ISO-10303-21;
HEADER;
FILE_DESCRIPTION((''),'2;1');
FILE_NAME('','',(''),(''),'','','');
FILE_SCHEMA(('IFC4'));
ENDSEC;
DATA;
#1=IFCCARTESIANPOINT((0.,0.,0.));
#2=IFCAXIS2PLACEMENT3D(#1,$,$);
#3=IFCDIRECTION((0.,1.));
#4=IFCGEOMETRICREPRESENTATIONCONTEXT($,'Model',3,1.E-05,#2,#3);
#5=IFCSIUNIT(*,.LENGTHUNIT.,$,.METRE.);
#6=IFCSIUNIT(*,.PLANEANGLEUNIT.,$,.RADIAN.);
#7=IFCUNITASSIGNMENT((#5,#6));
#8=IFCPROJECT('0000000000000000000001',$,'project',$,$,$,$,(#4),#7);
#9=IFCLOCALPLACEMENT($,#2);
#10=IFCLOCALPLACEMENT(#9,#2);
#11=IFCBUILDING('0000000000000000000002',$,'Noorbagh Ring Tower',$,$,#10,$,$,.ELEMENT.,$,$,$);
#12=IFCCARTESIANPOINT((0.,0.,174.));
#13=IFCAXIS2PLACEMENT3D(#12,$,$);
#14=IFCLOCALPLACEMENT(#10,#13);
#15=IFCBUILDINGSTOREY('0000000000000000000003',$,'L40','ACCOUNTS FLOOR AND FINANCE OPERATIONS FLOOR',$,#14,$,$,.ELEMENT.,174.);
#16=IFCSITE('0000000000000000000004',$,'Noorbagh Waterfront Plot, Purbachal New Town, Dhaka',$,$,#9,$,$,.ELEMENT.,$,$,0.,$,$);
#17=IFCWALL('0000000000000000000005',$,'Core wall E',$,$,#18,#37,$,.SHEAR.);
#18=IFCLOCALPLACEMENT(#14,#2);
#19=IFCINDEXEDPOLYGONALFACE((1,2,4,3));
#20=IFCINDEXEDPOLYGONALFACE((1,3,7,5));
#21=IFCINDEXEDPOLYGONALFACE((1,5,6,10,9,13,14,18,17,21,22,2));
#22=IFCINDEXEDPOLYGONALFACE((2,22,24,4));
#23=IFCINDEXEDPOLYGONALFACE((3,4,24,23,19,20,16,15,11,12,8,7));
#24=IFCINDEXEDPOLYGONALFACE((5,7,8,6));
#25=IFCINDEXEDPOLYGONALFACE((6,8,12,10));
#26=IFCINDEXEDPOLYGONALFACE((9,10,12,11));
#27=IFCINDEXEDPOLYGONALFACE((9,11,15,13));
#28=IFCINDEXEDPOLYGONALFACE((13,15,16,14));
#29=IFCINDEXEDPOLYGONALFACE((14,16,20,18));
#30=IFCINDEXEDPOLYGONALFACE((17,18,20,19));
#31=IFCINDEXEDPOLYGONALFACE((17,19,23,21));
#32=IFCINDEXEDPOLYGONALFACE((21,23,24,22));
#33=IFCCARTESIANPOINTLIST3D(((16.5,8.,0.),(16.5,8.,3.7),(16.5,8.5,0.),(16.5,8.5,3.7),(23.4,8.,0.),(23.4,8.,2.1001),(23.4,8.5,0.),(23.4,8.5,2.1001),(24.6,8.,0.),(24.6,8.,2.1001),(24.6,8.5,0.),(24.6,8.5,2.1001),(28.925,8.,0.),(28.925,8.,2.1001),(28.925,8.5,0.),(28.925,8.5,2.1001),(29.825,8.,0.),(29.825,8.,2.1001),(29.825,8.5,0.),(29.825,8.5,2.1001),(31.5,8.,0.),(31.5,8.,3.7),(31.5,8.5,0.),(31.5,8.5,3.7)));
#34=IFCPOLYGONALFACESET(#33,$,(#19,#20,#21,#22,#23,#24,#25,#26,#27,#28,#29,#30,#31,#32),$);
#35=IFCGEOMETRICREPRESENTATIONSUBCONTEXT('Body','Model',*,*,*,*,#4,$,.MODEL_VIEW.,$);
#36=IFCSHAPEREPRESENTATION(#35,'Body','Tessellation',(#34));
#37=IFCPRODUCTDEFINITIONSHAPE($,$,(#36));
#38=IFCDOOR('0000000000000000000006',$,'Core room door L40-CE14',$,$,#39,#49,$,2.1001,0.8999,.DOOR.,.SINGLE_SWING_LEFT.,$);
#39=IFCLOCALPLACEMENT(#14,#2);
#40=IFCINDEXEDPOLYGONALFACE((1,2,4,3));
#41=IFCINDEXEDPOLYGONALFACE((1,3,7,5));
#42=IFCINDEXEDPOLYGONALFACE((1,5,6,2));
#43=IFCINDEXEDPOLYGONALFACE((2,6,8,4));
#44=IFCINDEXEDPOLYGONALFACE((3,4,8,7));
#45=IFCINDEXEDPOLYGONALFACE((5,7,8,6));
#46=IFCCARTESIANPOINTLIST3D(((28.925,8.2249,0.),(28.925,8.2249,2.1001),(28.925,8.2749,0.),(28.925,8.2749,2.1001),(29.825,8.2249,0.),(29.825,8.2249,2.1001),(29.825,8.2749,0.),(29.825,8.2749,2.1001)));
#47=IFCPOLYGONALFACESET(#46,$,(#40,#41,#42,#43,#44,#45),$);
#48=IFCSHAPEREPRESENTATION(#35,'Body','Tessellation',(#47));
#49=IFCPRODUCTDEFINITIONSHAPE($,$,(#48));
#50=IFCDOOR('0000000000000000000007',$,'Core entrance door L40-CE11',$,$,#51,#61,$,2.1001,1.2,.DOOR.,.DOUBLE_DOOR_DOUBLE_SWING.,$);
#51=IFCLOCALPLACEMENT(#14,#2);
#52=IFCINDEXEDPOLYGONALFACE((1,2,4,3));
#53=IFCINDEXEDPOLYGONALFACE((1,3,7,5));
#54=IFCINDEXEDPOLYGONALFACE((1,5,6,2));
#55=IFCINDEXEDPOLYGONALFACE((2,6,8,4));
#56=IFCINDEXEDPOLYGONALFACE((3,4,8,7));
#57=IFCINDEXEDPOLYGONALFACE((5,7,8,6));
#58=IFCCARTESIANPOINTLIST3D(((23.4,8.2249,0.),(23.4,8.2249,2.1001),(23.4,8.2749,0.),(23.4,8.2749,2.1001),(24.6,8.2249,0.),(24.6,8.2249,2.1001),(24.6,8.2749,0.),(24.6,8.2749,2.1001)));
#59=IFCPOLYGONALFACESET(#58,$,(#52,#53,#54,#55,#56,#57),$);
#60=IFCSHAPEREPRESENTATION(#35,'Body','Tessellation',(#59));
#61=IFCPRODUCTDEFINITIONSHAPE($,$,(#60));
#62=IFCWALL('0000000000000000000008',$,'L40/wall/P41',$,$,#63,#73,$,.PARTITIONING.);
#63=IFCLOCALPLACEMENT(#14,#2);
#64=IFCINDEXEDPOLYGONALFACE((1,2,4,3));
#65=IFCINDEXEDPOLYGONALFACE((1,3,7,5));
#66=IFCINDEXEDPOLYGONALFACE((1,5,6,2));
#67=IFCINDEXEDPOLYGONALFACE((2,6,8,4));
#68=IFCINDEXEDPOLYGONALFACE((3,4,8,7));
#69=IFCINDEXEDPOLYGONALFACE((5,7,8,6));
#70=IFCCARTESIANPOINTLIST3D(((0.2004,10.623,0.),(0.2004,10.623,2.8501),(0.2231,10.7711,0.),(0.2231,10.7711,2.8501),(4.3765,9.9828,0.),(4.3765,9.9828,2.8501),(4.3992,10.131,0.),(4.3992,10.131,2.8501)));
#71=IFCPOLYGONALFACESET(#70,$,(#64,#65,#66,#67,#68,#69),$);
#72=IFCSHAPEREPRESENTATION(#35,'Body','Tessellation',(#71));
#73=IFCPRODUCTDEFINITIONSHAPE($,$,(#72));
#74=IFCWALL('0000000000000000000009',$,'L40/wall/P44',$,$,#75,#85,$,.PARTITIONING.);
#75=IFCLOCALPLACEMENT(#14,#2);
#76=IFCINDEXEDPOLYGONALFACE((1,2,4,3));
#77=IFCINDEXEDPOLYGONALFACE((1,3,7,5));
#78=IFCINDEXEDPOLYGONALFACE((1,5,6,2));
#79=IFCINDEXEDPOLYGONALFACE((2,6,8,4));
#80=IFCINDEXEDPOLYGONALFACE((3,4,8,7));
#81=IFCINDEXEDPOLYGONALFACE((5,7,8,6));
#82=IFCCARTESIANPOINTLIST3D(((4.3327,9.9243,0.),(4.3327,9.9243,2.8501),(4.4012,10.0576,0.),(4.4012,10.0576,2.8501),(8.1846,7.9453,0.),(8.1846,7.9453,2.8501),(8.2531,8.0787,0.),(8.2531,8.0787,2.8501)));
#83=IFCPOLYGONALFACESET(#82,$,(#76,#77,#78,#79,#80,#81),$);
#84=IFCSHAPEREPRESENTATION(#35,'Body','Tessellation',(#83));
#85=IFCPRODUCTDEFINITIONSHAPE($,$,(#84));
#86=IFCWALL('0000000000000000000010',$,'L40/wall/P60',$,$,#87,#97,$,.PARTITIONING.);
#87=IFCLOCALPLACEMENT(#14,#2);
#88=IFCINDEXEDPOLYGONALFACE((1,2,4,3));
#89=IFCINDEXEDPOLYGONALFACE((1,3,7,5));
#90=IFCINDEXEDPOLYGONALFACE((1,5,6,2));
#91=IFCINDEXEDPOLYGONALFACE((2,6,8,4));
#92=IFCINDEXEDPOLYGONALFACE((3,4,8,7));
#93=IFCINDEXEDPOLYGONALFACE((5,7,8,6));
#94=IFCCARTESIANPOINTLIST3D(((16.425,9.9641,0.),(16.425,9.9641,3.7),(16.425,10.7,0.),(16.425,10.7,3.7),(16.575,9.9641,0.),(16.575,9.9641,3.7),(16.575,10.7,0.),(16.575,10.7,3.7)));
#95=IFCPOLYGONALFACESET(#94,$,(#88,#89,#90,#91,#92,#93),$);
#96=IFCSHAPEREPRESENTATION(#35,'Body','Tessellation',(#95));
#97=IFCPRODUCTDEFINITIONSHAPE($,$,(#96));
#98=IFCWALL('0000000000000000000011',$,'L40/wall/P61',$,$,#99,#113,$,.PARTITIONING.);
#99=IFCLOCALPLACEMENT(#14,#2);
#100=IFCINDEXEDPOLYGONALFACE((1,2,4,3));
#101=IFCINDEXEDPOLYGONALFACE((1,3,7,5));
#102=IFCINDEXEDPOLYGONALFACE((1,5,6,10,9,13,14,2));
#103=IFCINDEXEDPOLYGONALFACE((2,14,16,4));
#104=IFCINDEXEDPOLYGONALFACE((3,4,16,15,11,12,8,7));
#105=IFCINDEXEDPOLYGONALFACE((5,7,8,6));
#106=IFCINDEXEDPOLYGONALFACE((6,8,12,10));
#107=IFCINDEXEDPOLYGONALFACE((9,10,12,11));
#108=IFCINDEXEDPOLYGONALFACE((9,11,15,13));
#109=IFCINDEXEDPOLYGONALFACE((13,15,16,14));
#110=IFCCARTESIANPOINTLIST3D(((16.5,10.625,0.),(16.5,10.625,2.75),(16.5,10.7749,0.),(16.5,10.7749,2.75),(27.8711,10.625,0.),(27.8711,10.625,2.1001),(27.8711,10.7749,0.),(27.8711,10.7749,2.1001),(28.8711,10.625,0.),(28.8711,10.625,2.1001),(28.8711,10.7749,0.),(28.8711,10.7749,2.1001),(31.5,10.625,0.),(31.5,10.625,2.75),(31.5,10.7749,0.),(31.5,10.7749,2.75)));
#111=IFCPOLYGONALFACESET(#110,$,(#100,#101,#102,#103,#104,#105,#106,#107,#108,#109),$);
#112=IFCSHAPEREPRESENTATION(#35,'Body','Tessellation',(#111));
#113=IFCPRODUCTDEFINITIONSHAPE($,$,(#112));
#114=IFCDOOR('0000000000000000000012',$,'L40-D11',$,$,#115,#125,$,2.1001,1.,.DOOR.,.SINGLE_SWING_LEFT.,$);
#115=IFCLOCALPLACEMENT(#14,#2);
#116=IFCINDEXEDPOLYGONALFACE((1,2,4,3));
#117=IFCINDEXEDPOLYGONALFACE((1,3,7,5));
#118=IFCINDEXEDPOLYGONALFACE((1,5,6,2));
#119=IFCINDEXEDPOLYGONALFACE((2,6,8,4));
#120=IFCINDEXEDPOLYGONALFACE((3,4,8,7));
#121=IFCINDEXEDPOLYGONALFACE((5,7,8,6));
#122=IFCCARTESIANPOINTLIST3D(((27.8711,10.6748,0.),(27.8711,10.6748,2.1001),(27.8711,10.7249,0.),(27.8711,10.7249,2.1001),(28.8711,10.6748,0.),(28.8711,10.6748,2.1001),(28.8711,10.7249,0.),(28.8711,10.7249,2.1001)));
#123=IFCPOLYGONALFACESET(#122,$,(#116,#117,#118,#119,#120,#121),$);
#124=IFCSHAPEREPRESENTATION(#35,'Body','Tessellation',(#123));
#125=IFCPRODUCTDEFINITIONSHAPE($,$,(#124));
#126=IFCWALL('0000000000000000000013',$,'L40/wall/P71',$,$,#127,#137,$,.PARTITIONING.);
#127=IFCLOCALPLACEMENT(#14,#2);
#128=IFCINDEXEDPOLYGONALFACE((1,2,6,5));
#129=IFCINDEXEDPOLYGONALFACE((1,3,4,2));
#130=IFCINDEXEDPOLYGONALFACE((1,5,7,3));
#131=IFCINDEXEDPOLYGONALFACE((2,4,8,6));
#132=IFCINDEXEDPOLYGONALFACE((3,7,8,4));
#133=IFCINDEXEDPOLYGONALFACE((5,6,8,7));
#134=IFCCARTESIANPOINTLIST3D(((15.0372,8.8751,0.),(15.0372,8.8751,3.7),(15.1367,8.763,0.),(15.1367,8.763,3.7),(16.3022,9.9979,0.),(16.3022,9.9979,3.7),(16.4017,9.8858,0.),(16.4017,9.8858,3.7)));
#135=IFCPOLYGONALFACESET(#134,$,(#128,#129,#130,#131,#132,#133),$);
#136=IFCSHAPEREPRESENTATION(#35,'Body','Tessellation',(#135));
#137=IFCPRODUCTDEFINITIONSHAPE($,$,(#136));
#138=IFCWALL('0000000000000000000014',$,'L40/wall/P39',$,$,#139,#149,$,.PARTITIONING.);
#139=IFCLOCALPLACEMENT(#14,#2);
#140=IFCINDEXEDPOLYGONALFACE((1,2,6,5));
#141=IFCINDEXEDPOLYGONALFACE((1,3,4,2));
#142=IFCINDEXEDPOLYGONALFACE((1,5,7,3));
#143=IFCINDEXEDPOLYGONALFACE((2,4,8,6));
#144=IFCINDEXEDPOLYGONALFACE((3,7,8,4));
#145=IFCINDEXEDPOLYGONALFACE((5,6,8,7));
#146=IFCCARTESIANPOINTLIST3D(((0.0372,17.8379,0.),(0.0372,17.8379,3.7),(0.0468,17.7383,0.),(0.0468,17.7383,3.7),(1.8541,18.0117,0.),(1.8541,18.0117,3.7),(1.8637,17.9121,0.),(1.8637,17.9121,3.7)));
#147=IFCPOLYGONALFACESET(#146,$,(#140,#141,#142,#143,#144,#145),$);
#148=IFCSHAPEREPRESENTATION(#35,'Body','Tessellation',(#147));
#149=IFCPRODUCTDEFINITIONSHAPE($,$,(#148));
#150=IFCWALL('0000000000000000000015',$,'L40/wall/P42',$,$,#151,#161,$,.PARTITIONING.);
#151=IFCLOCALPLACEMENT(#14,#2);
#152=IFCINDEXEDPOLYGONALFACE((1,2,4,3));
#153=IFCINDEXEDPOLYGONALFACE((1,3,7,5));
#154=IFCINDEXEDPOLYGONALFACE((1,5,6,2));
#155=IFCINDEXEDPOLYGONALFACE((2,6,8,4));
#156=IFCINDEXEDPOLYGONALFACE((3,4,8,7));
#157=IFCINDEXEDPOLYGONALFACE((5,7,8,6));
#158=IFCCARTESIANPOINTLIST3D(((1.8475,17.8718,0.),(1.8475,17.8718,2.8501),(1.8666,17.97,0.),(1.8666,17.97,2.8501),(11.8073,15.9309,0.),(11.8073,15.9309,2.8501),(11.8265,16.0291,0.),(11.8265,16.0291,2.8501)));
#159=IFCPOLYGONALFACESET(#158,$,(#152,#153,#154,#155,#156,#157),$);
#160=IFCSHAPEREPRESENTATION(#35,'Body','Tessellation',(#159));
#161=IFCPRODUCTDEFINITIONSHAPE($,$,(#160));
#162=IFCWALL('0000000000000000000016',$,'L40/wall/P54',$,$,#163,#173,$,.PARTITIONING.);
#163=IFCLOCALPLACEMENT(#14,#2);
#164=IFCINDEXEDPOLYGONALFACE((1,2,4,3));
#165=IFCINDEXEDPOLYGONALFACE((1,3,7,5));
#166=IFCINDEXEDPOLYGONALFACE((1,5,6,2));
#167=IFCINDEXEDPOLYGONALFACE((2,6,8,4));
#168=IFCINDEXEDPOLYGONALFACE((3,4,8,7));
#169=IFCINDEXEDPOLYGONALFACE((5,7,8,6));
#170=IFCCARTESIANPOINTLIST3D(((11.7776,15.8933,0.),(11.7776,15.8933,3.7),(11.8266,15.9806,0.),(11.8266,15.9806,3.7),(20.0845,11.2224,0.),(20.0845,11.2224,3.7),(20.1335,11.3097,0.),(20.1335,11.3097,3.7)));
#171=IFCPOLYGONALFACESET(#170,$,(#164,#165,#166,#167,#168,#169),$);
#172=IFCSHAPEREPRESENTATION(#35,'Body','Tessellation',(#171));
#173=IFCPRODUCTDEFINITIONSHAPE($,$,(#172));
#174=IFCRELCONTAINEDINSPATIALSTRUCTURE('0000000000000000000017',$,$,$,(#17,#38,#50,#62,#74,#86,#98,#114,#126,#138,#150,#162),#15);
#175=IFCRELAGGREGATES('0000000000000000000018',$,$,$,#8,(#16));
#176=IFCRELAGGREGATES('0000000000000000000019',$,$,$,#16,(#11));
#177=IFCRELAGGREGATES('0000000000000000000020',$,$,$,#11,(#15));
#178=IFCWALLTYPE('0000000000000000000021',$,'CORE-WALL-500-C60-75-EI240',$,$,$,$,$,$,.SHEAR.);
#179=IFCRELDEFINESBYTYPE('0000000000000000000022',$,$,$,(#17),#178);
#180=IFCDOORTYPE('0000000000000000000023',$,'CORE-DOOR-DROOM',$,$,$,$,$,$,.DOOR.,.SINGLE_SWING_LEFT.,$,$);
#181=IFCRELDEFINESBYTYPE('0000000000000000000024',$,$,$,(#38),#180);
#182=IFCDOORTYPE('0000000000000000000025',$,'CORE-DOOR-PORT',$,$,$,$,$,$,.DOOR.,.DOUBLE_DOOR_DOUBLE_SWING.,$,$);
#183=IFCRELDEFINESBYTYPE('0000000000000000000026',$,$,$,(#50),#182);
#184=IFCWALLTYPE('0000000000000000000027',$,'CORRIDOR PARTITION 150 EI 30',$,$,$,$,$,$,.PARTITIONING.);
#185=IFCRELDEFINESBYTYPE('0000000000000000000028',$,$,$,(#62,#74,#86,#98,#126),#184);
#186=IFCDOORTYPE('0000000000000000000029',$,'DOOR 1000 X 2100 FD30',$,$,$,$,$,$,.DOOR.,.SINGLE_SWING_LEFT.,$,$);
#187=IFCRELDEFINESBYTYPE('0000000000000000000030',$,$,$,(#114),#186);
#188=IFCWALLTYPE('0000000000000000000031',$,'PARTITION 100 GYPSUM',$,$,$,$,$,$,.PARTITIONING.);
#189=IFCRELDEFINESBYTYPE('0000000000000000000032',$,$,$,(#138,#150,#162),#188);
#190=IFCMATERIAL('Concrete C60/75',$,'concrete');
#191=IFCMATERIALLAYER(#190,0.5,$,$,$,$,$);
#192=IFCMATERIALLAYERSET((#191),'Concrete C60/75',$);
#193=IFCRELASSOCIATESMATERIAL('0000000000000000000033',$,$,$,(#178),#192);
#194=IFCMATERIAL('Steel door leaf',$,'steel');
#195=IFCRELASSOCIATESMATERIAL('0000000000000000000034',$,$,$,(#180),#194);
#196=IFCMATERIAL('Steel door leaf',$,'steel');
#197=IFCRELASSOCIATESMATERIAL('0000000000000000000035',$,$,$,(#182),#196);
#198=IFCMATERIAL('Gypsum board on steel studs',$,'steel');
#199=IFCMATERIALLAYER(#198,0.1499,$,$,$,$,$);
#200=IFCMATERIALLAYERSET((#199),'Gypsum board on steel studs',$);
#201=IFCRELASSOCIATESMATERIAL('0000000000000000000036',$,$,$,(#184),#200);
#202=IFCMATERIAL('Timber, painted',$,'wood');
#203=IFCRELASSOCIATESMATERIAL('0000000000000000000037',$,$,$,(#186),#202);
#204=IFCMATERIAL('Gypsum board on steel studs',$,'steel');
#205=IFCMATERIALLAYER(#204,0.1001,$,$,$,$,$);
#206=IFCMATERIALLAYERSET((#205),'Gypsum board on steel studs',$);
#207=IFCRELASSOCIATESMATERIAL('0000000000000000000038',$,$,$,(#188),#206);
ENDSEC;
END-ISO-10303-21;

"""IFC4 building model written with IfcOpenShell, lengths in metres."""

from ifc_helpers import new_model, si_unit, direction, frame, frame_2d, origin, place, context, subcontext, project, spatial, rectangle, extrude, material, layer, layer_set, type_object, element, fill, save


model = new_model("IFC4")

# Units and contexts
model_context = context("Model", 3, precision=1e-05, world=origin(), true_north=direction((0.0, 1.0)))
body_context = subcontext(model_context, "Body", "Model", "MODEL_VIEW")
ifc_project = project(units=[si_unit("LENGTHUNIT", "METRE"), si_unit("PLANEANGLEUNIT", "RADIAN")], contexts=[model_context])

# Site, building, storey
site_placement = place(None, origin())
site = spatial("IfcSite", under=ifc_project, at=site_placement, Name="Noorbagh Waterfront Plot, Purbachal New Town, Dhaka", CompositionType="ELEMENT", RefElevation=0.0)
building_placement = place(site_placement, origin())
building = spatial("IfcBuilding", under=site, at=building_placement, Name="Noorbagh Ring Tower", CompositionType="ELEMENT")
storey_placement = place(building_placement, frame((0.0, 0.0, 174.0)))
storey = spatial("IfcBuildingStorey", under=building, at=storey_placement, Name="L40", Description="ACCOUNTS FLOOR AND FINANCE OPERATIONS FLOOR", CompositionType="ELEMENT", Elevation=174.0)

# Wall, openings, doors
ifc_material_1 = material(Name="Concrete C60/75", Category="concrete")
ifc_layer_1 = layer(ifc_material_1, 0.5)
ifc_layer_set_1 = layer_set([ifc_layer_1], Name="Concrete C60/75")
wall_type_1 = type_object("IfcWallType", Name="CORE-WALL-500-C60-75-EI240", PredefinedType="SHEAR", material=ifc_layer_set_1)
wall_1_placement = place(storey_placement, frame((16.5, 8.25, 0.0), z_axis=(0.0, 0.0, 1.0), x_axis=(1.0, 0.0, 0.0)))
wall_1 = element("IfcWall", 1, at=wall_1_placement, inside=storey, type_object=wall_type_1, Name="Core wall E", PredefinedType="SHEAR", context=body_context, shape_type="SweptSolid", body=[
    extrude(rectangle(XDim=15.0, YDim=0.5, at=frame_2d((7.5, 0.0))), origin(), (0.0, 0.0, 1.0), 3.7),
])
opening_1_placement = place(wall_1_placement, frame((6.8999, 0.0, 0.0)))
opening_1 = element("IfcOpeningElement", 2, at=opening_1_placement, cuts=wall_1, PredefinedType="OPENING", context=body_context, shape_type="SweptSolid", body=[
    extrude(rectangle(XDim=1.2, YDim=2.1001, at=frame_2d((0.6001, 1.05))), frame((0.0, 0.26, 0.0), z_axis=(0.0, -1.0, 0.0), x_axis=(1.0, 0.0, 0.0)), (0.0, 0.0, 1.0), 0.52),
])
opening_2_placement = place(wall_1_placement, frame((12.425, 0.0, 0.0)))
opening_2 = element("IfcOpeningElement", 3, at=opening_2_placement, cuts=wall_1, PredefinedType="OPENING", context=body_context, shape_type="SweptSolid", body=[
    extrude(rectangle(XDim=0.8999, YDim=2.1001, at=frame_2d((0.45, 1.05))), frame((0.0, 0.26, 0.0), z_axis=(0.0, -1.0, 0.0), x_axis=(1.0, 0.0, 0.0)), (0.0, 0.0, 1.0), 0.52),
])
ifc_material_2 = material(Name="Steel door leaf", Category="steel")
door_type_1 = type_object("IfcDoorType", Name="CORE-DOOR-DROOM", OperationType="SINGLE_SWING_LEFT", PredefinedType="DOOR", material=ifc_material_2)
door_1_placement = place(opening_2_placement, origin())
door_1 = element("IfcDoor", 4, at=door_1_placement, inside=storey, type_object=door_type_1, Name="Core room door L40-CE14", OperationType="SINGLE_SWING_LEFT", OverallHeight=2.1001, OverallWidth=0.8999, PredefinedType="DOOR", context=body_context, shape_type="SweptSolid", body=[
    extrude(rectangle(XDim=0.8999, YDim=2.1001, at=frame_2d((0.45, 1.05))), frame((0.0, 0.0249, 0.0), z_axis=(0.0, -1.0, 0.0), x_axis=(1.0, 0.0, 0.0)), (0.0, 0.0, 1.0), 0.05),
])
fill(opening_2, door_1)
ifc_material_3 = material(Name="Steel door leaf", Category="steel")
door_type_2 = type_object("IfcDoorType", Name="CORE-DOOR-PORT", OperationType="DOUBLE_DOOR_DOUBLE_SWING", PredefinedType="DOOR", material=ifc_material_3)
door_2_placement = place(opening_1_placement, origin())
door_2 = element("IfcDoor", 5, at=door_2_placement, inside=storey, type_object=door_type_2, Name="Core entrance door L40-CE11", OperationType="DOUBLE_DOOR_DOUBLE_SWING", OverallHeight=2.1001, OverallWidth=1.2, PredefinedType="DOOR", context=body_context, shape_type="SweptSolid", body=[
    extrude(rectangle(XDim=1.2, YDim=2.1001, at=frame_2d((0.6001, 1.05))), frame((0.0, 0.0249, 0.0), z_axis=(0.0, -1.0, 0.0), x_axis=(1.0, 0.0, 0.0)), (0.0, 0.0, 1.0), 0.05),
])
fill(opening_1, door_2)

# Walls
ifc_material_4 = material(Name="Gypsum board on steel studs", Category="steel")
ifc_layer_2 = layer(ifc_material_4, 0.1499)
ifc_layer_set_2 = layer_set([ifc_layer_2], Name="Gypsum board on steel studs")
wall_type_2 = type_object("IfcWallType", Name="CORRIDOR PARTITION 150 EI 30", PredefinedType="PARTITIONING", material=ifc_layer_set_2)
wall_2_placement = place(storey_placement, frame((0.2119, 10.697, 0.0), z_axis=(0.0, 0.0, 1.0), x_axis=(0.988454, -0.151519, 0.0)))
element("IfcWall", 6, at=wall_2_placement, inside=storey, type_object=wall_type_2, Name="L40/wall/P41", PredefinedType="PARTITIONING", context=body_context, shape_type="SweptSolid", body=[
    extrude(rectangle(XDim=4.2249, YDim=0.1499, at=frame_2d((2.1123, 0.0))), origin(), (0.0, 0.0, 1.0), 2.8501),
])
wall_3_placement = place(storey_placement, frame((4.3669, 9.991, 0.0), z_axis=(0.0, 0.0, 1.0), x_axis=(0.88948, -0.456973, 0.0)))
element("IfcWall", 7, at=wall_3_placement, inside=storey, type_object=wall_type_2, Name="L40/wall/P44", PredefinedType="PARTITIONING", context=body_context, shape_type="SweptSolid", body=[
    extrude(rectangle(XDim=4.3306, YDim=0.1499, at=frame_2d((2.1653, 0.0))), origin(), (0.0, 0.0, 1.0), 2.8501),
])
wall_4_placement = place(storey_placement, frame((16.5, 9.9641, 0.0), z_axis=(0.0, 0.0, 1.0), x_axis=(0.0, 1.0, 0.0)))
element("IfcWall", 8, at=wall_4_placement, inside=storey, type_object=wall_type_2, Name="L40/wall/P60", PredefinedType="PARTITIONING", context=body_context, shape_type="SweptSolid", body=[
    extrude(rectangle(XDim=0.7358, YDim=0.1499, at=frame_2d((0.3679, 0.0))), origin(), (0.0, 0.0, 1.0), 3.7),
])

# Wall, opening, door
wall_5_placement = place(storey_placement, frame((16.5, 10.7, 0.0), z_axis=(0.0, 0.0, 1.0), x_axis=(1.0, 0.0, 0.0)))
wall_5 = element("IfcWall", 9, at=wall_5_placement, inside=storey, type_object=wall_type_2, Name="L40/wall/P61", PredefinedType="PARTITIONING", context=body_context, shape_type="SweptSolid", body=[
    extrude(rectangle(XDim=15.0, YDim=0.1499, at=frame_2d((7.5, 0.0))), origin(), (0.0, 0.0, 1.0), 2.75),
])
opening_3_placement = place(wall_5_placement, frame((11.3711, 0.0, 0.0)))
opening_3 = element("IfcOpeningElement", 10, at=opening_3_placement, cuts=wall_5, PredefinedType="OPENING", context=body_context, shape_type="SweptSolid", body=[
    extrude(rectangle(XDim=1.0, YDim=2.1001, at=frame_2d((0.5, 1.05))), frame((0.0, 0.085, 0.0), z_axis=(0.0, -1.0, 0.0), x_axis=(1.0, 0.0, 0.0)), (0.0, 0.0, 1.0), 0.1699),
])
ifc_material_5 = material(Name="Timber, painted", Category="wood")
door_type_3 = type_object("IfcDoorType", Name="DOOR 1000 X 2100 FD30", OperationType="SINGLE_SWING_LEFT", PredefinedType="DOOR", material=ifc_material_5)
door_3_placement = place(opening_3_placement, origin())
door_3 = element("IfcDoor", 11, at=door_3_placement, inside=storey, type_object=door_type_3, Name="L40-D11", OperationType="SINGLE_SWING_LEFT", OverallHeight=2.1001, OverallWidth=1.0, PredefinedType="DOOR", context=body_context, shape_type="SweptSolid", body=[
    extrude(rectangle(XDim=1.0, YDim=2.1001, at=frame_2d((0.5, 1.05))), frame((0.0, 0.0249, 0.0), z_axis=(0.0, -1.0, 0.0), x_axis=(1.0, 0.0, 0.0)), (0.0, 0.0, 1.0), 0.05),
])
fill(opening_3, door_3)

# Walls
wall_6_placement = place(storey_placement, frame((15.0869, 8.8191, 0.0), z_axis=(0.0, 0.0, 1.0), x_axis=(0.747927, 0.663781, 0.0)))
element("IfcWall", 12, at=wall_6_placement, inside=storey, type_object=wall_type_2, Name="L40/wall/P71", PredefinedType="PARTITIONING", context=body_context, shape_type="SweptSolid", body=[
    extrude(rectangle(XDim=1.6914, YDim=0.1499, at=frame_2d((0.8457, 0.0))), origin(), (0.0, 0.0, 1.0), 3.7),
])
ifc_material_6 = material(Name="Gypsum board on steel studs", Category="steel")
ifc_layer_3 = layer(ifc_material_6, 0.1001)
ifc_layer_set_3 = layer_set([ifc_layer_3], Name="Gypsum board on steel studs")
wall_type_3 = type_object("IfcWallType", Name="PARTITION 100 GYPSUM", PredefinedType="PARTITIONING", material=ifc_layer_set_3)
wall_7_placement = place(storey_placement, frame((0.042, 17.7881, 0.0), z_axis=(0.0, 0.0, 1.0), x_axis=(0.995455, 0.095238, 0.0)))
element("IfcWall", 13, at=wall_7_placement, inside=storey, type_object=wall_type_3, Name="L40/wall/P39", PredefinedType="PARTITIONING", context=body_context, shape_type="SweptSolid", body=[
    extrude(rectangle(XDim=1.8252, YDim=0.1001, at=frame_2d((0.9126, 0.0))), origin(), (0.0, 0.0, 1.0), 3.7),
])
wall_8_placement = place(storey_placement, frame((1.8569, 17.9209, 0.0), z_axis=(0.0, 0.0, 1.0), x_axis=(0.981537, -0.191274, 0.0)))
element("IfcWall", 14, at=wall_8_placement, inside=storey, type_object=wall_type_3, Name="L40/wall/P42", PredefinedType="PARTITIONING", context=body_context, shape_type="SweptSolid", body=[
    extrude(rectangle(XDim=10.1472, YDim=0.1001, at=frame_2d((5.0737, 0.0))), origin(), (0.0, 0.0, 1.0), 2.8501),
])
wall_9_placement = place(storey_placement, frame((11.802, 15.937, 0.0), z_axis=(0.0, 0.0, 1.0), x_axis=(0.871653, -0.490124, 0.0)))
element("IfcWall", 15, at=wall_9_placement, inside=storey, type_object=wall_type_3, Name="L40/wall/P54", PredefinedType="PARTITIONING", context=body_context, shape_type="SweptSolid", body=[
    extrude(rectangle(XDim=9.53, YDim=0.1001, at=frame_2d((4.7651, 0.0))), origin(), (0.0, 0.0, 1.0), 3.7),
])

save(model, "model.ifc")
